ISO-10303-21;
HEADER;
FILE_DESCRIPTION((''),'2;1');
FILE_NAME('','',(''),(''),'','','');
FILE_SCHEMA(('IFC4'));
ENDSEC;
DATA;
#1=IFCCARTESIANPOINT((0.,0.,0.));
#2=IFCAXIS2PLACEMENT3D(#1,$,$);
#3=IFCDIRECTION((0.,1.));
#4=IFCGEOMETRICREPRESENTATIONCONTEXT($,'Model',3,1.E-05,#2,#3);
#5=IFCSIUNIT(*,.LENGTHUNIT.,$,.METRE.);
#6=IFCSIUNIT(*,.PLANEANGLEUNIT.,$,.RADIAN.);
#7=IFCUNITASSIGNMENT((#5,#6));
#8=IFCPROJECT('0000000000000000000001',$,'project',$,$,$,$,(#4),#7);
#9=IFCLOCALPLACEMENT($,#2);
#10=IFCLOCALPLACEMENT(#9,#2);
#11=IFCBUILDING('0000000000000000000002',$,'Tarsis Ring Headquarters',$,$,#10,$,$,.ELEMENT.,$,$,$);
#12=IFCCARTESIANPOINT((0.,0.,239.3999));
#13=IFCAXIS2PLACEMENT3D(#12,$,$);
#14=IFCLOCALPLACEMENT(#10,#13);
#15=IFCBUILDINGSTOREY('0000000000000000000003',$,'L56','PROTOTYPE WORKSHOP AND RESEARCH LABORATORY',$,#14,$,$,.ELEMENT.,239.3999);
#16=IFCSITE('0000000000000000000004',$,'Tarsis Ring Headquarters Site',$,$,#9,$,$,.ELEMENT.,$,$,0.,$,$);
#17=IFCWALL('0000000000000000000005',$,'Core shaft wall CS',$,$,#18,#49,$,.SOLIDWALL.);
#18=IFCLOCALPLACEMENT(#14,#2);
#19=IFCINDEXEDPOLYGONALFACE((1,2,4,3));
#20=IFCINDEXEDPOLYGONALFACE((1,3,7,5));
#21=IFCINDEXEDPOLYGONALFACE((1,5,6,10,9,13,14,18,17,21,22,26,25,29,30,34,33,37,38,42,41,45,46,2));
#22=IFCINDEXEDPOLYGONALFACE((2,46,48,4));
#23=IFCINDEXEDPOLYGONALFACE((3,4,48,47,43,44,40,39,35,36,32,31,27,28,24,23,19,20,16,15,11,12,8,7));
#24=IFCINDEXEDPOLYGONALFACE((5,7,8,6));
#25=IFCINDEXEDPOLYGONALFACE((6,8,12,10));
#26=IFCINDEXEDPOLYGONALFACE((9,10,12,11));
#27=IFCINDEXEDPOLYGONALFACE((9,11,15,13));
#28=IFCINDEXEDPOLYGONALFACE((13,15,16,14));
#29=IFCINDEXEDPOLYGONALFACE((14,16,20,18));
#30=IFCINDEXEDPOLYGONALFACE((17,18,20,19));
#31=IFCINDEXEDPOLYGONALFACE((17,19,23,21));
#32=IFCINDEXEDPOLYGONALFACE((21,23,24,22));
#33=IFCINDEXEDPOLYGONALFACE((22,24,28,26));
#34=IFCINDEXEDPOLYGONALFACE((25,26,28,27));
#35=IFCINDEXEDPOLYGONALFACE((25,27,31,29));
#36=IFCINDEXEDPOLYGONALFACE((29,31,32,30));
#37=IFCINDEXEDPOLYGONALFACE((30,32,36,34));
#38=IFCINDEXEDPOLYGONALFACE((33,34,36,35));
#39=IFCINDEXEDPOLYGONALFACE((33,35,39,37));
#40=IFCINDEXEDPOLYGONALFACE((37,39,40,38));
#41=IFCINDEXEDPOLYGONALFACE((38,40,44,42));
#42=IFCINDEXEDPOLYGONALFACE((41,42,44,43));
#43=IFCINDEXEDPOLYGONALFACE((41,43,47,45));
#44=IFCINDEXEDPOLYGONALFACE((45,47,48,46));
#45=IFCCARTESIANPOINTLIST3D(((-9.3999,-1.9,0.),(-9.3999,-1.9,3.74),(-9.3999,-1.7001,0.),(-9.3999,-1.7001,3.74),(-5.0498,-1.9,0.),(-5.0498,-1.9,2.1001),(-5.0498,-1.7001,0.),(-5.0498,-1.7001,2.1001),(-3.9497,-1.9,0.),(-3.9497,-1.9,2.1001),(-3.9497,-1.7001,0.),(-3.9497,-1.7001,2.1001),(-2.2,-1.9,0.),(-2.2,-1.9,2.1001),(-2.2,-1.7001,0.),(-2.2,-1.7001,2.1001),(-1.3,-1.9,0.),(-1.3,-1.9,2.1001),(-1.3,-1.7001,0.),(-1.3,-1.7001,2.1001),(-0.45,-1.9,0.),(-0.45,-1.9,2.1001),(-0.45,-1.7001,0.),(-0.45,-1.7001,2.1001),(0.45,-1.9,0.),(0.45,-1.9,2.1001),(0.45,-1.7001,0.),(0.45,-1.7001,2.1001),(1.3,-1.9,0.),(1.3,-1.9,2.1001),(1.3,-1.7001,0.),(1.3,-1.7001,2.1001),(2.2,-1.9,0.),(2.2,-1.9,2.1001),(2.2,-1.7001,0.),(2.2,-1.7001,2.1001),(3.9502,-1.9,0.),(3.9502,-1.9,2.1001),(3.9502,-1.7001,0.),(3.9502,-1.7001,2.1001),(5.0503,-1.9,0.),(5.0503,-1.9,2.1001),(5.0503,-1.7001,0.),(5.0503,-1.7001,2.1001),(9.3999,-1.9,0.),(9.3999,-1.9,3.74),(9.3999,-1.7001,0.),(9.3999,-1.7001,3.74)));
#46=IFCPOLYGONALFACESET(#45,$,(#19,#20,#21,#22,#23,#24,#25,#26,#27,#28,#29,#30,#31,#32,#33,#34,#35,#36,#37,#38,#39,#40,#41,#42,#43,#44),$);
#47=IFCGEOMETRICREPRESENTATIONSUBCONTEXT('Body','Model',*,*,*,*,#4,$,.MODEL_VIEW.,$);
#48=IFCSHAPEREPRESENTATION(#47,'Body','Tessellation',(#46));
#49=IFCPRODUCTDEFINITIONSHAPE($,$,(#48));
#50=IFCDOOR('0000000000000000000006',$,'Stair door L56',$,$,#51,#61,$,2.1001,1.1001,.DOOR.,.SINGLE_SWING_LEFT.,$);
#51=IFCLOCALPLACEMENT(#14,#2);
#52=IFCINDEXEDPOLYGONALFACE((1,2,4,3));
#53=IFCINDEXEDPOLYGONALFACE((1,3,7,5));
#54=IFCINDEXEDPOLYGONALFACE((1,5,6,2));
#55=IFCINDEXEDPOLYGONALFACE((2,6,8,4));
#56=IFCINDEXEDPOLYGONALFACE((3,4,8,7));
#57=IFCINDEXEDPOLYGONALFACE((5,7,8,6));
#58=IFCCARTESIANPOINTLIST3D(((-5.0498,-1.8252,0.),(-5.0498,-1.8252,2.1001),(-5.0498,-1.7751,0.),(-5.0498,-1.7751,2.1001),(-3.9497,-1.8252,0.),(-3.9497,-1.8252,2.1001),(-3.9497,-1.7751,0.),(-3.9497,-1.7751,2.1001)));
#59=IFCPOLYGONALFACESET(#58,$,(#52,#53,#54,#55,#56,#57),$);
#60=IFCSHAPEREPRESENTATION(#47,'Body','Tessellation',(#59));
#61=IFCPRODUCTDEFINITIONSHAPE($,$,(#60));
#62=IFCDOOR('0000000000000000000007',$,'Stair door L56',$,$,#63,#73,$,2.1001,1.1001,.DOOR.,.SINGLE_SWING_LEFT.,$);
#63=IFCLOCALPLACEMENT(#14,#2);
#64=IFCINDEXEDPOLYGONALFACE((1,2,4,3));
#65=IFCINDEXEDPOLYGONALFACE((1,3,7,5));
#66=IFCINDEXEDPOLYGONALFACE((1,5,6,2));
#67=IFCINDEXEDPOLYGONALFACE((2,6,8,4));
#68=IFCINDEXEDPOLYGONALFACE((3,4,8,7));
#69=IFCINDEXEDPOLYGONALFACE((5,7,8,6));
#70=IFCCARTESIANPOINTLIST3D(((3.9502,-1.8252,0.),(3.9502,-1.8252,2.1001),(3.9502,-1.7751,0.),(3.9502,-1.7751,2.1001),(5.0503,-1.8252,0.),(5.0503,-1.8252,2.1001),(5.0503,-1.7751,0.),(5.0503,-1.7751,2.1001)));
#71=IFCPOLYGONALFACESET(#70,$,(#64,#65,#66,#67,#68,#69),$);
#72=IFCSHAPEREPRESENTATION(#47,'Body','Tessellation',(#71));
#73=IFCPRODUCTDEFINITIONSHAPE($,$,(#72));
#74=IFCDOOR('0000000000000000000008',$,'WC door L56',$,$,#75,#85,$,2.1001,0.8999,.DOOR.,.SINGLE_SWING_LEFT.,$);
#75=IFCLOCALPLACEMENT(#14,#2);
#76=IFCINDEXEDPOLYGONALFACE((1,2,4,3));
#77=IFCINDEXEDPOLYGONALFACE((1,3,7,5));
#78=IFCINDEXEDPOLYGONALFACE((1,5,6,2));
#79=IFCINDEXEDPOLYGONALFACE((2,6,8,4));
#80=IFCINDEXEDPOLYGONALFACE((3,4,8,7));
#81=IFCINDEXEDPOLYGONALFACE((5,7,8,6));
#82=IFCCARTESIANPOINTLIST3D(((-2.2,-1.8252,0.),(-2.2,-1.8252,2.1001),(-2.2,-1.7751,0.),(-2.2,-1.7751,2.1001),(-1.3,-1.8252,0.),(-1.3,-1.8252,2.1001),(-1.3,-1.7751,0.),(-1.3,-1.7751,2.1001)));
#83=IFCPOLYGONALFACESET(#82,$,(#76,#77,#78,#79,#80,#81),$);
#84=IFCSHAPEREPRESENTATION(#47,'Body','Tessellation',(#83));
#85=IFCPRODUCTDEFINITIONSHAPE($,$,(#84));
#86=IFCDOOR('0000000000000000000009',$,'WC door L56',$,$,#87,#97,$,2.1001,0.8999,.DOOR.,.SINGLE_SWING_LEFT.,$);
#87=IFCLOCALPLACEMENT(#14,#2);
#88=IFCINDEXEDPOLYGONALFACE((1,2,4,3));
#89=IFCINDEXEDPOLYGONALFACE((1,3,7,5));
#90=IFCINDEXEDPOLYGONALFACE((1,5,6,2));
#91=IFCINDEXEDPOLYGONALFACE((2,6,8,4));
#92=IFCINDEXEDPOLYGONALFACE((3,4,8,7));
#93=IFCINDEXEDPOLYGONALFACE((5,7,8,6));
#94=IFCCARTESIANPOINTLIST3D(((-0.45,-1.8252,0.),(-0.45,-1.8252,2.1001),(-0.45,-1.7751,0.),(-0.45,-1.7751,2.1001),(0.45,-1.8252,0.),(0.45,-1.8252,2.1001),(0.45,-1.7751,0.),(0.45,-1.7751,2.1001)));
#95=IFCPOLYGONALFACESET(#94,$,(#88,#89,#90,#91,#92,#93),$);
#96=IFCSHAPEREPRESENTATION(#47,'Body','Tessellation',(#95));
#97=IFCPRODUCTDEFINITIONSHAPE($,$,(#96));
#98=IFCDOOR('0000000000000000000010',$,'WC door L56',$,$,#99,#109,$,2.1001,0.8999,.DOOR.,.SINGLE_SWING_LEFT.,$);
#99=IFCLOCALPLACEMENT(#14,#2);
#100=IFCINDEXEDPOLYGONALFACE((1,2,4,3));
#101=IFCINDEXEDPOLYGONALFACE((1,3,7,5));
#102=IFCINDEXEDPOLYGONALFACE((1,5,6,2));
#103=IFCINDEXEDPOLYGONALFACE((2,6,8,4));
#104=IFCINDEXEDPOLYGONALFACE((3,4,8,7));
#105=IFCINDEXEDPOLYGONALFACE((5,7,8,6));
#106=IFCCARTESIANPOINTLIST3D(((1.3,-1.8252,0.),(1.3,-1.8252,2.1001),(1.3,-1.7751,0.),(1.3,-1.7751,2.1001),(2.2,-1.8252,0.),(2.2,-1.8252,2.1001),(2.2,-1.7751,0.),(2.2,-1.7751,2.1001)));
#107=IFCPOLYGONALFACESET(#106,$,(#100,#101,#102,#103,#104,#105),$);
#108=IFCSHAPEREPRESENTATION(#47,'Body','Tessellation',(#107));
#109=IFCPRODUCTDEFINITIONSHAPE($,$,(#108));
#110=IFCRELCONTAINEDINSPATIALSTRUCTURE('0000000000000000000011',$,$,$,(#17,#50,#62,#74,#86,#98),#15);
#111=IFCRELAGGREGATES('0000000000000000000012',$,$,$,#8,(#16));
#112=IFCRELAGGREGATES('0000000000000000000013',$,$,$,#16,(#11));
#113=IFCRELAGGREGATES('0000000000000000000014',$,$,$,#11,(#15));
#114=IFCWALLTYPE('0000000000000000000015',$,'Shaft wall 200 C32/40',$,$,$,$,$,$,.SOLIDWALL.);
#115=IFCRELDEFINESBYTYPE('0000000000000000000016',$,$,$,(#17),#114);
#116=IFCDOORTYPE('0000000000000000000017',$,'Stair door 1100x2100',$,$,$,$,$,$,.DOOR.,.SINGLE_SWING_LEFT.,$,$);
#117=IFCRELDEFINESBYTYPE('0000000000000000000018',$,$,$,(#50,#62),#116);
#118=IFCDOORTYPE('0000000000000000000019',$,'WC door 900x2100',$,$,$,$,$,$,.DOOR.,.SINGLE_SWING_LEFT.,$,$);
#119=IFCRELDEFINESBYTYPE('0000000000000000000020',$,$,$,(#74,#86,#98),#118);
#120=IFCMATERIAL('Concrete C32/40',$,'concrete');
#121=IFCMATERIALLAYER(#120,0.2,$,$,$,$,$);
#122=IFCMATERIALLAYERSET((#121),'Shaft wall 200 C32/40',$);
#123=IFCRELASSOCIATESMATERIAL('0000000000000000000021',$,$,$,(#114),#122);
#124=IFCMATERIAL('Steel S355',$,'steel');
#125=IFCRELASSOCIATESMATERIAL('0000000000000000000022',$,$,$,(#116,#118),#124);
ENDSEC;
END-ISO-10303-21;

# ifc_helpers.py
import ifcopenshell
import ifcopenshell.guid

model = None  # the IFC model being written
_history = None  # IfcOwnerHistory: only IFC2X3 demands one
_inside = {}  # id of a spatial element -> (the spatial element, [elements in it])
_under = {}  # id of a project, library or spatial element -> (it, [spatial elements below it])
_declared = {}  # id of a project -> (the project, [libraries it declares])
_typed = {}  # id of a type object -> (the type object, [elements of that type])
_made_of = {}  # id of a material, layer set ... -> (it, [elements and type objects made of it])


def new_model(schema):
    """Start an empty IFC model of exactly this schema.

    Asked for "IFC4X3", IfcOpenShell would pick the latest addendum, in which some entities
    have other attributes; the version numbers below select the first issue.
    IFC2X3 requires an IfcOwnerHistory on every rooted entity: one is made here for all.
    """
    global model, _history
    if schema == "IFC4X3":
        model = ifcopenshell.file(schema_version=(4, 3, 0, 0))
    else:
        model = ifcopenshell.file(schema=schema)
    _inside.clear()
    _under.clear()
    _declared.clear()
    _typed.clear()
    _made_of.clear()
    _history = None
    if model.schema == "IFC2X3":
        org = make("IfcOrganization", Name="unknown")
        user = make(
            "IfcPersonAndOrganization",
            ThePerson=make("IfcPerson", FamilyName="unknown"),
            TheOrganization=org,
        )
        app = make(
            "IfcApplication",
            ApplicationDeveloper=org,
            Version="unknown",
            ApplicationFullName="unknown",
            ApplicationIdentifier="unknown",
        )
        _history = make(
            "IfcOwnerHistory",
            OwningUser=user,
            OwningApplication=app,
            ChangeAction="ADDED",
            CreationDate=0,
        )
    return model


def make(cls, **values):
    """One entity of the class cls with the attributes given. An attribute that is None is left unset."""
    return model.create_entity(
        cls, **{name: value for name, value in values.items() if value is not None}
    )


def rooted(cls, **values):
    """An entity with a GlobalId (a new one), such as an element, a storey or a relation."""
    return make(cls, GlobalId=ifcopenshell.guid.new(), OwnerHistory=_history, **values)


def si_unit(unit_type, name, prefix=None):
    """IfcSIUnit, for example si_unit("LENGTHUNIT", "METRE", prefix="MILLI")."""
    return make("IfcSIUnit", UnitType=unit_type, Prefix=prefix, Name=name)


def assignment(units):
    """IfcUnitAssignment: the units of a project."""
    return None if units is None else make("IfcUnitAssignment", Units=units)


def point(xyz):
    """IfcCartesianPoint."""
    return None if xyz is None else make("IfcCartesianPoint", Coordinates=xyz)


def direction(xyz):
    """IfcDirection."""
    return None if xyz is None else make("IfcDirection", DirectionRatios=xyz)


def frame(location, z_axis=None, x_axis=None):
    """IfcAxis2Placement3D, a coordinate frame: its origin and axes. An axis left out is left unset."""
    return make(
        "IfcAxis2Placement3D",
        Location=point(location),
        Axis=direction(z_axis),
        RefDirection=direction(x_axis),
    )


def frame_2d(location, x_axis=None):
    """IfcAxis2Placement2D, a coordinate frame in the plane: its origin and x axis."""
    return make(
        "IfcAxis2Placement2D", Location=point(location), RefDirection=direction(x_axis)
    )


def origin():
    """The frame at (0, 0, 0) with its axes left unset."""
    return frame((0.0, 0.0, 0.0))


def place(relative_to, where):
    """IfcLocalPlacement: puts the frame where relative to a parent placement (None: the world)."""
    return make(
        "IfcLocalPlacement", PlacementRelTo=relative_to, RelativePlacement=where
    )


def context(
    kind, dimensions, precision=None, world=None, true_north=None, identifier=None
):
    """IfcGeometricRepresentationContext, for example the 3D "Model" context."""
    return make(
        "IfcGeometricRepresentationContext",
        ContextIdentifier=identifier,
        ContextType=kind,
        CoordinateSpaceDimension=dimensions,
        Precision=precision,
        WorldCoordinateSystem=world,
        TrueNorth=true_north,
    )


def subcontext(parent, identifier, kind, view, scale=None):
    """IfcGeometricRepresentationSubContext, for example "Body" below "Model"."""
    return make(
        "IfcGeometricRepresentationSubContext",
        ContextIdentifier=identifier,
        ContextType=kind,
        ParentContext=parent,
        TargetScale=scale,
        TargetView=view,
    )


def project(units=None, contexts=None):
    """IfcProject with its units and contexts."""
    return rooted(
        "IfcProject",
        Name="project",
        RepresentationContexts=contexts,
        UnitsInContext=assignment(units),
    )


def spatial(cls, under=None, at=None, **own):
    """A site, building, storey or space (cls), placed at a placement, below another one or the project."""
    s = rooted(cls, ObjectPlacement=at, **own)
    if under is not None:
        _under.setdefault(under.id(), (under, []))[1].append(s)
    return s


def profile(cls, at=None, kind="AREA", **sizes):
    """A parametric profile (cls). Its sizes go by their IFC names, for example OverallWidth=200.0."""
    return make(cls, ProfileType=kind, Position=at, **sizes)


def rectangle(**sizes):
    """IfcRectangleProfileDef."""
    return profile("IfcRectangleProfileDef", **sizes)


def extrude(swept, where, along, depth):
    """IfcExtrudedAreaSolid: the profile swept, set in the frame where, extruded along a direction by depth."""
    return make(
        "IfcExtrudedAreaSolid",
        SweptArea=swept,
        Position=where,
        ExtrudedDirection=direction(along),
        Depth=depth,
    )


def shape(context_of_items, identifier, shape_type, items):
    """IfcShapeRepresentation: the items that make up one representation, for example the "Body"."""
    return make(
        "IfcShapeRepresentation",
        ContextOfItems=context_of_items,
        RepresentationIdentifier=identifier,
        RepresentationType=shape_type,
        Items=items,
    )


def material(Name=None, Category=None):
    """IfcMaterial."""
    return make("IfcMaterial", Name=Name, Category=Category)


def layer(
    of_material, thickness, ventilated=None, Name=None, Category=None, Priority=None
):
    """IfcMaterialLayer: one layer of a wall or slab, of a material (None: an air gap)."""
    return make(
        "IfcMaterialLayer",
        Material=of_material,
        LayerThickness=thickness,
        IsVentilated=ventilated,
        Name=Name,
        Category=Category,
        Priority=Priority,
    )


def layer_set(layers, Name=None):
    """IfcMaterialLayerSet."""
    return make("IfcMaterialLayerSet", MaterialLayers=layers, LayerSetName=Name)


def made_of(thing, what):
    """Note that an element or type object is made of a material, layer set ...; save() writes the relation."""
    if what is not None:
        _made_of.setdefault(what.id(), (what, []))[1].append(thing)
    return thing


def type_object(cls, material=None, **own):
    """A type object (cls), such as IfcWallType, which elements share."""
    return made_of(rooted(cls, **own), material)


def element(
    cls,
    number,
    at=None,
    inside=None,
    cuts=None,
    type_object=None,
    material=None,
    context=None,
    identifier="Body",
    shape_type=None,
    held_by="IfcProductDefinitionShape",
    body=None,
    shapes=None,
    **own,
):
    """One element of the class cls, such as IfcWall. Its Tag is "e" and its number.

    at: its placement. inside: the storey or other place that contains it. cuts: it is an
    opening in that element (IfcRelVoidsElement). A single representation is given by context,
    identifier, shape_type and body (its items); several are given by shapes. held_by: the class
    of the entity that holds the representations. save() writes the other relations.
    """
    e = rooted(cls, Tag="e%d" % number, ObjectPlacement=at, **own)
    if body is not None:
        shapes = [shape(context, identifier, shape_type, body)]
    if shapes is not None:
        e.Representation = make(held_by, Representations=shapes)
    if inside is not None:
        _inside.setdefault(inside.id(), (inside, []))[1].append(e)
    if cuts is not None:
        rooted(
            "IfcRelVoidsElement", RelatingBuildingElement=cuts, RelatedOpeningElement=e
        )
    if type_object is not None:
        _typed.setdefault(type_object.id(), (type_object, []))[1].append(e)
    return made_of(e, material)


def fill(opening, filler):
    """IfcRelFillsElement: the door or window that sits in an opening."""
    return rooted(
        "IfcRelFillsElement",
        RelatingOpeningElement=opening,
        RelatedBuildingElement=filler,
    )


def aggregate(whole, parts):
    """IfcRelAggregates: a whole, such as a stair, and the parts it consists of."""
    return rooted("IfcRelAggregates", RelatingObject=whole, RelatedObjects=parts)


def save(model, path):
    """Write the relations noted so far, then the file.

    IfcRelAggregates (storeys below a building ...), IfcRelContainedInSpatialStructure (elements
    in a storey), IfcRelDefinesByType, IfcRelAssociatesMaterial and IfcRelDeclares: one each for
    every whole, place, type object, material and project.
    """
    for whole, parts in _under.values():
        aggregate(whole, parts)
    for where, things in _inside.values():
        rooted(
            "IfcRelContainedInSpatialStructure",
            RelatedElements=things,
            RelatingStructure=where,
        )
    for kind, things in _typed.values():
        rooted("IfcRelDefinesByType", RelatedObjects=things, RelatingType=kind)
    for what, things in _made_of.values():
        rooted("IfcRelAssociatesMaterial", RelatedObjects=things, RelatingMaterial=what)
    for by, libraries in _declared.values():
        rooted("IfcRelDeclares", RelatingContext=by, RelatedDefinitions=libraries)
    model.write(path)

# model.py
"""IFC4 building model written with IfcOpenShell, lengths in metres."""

from ifc_helpers import new_model, si_unit, direction, frame, frame_2d, origin, place, context, subcontext, project, spatial, rectangle, extrude, material, layer, layer_set, type_object, element, fill, save


model = new_model("IFC4")

# Units and contexts
model_context = context("Model", 3, precision=1e-05, world=origin(), true_north=direction((0.0, 1.0)))
body_context = subcontext(model_context, "Body", "Model", "MODEL_VIEW")
ifc_project = project(units=[si_unit("LENGTHUNIT", "METRE"), si_unit("PLANEANGLEUNIT", "RADIAN")], contexts=[model_context])

# Site, building, storey
site_placement = place(None, origin())
site = spatial("IfcSite", under=ifc_project, at=site_placement, Name="Tarsis Ring Headquarters Site", CompositionType="ELEMENT", RefElevation=0.0)
building_placement = place(site_placement, origin())
building = spatial("IfcBuilding", under=site, at=building_placement, Name="Tarsis Ring Headquarters", CompositionType="ELEMENT")
storey_placement = place(building_placement, frame((0.0, 0.0, 239.3999)))
storey = spatial("IfcBuildingStorey", under=building, at=storey_placement, Name="L56", Description="PROTOTYPE WORKSHOP AND RESEARCH LABORATORY", CompositionType="ELEMENT", Elevation=239.3999)

# Shared definitions
ifc_material_1 = material(Name="Steel S355", Category="steel")

# Wall, openings, doors
ifc_material_2 = material(Name="Concrete C32/40", Category="concrete")
ifc_layer_1 = layer(ifc_material_2, 0.2)
ifc_layer_set_1 = layer_set([ifc_layer_1], Name="Shaft wall 200 C32/40")
wall_type_1 = type_object("IfcWallType", Name="Shaft wall 200 C32/40", PredefinedType="SOLIDWALL", material=ifc_layer_set_1)
door_type_1 = type_object("IfcDoorType", Name="Stair door 1100x2100", OperationType="SINGLE_SWING_LEFT", PredefinedType="DOOR", material=ifc_material_1)
wall_1_placement = place(storey_placement, frame((-9.3999, -1.8, 0.0), z_axis=(0.0, 0.0, 1.0), x_axis=(1.0, 0.0, 0.0)))
wall_1 = element("IfcWall", 1, at=wall_1_placement, inside=storey, type_object=wall_type_1, Name="Core shaft wall CS", PredefinedType="SOLIDWALL", context=body_context, shape_type="SweptSolid", body=[
    extrude(rectangle(XDim=18.7998, YDim=0.2, at=frame_2d((9.3999, 0.0))), origin(), (0.0, 0.0, 1.0), 3.74),
])
opening_1_placement = place(wall_1_placement, frame((4.3501, 0.0, 0.0)))
opening_1 = element("IfcOpeningElement", 2, at=opening_1_placement, cuts=wall_1, PredefinedType="OPENING", context=body_context, shape_type="SweptSolid", body=[
    extrude(rectangle(XDim=1.1001, YDim=2.1001, at=frame_2d((0.55, 1.05))), frame((0.0, 0.1099, 0.0), z_axis=(0.0, -1.0, 0.0), x_axis=(1.0, 0.0, 0.0)), (0.0, 0.0, 1.0), 0.22),
])
opening_2_placement = place(wall_1_placement, frame((7.2, 0.0, 0.0)))
opening_2 = element("IfcOpeningElement", 3, at=opening_2_placement, cuts=wall_1, PredefinedType="OPENING", context=body_context, shape_type="SweptSolid", body=[
    extrude(rectangle(XDim=0.8999, YDim=2.1001, at=frame_2d((0.45, 1.05))), frame((0.0, 0.1099, 0.0), z_axis=(0.0, -1.0, 0.0), x_axis=(1.0, 0.0, 0.0)), (0.0, 0.0, 1.0), 0.22),
])
opening_3_placement = place(wall_1_placement, frame((8.95, 0.0, 0.0)))
opening_3 = element("IfcOpeningElement", 4, at=opening_3_placement, cuts=wall_1, PredefinedType="OPENING", context=body_context, shape_type="SweptSolid", body=[
    extrude(rectangle(XDim=0.8999, YDim=2.1001, at=frame_2d((0.45, 1.05))), frame((0.0, 0.1099, 0.0), z_axis=(0.0, -1.0, 0.0), x_axis=(1.0, 0.0, 0.0)), (0.0, 0.0, 1.0), 0.22),
])
opening_4_placement = place(wall_1_placement, frame((10.7, 0.0, 0.0)))
opening_4 = element("IfcOpeningElement", 5, at=opening_4_placement, cuts=wall_1, PredefinedType="OPENING", context=body_context, shape_type="SweptSolid", body=[
    extrude(rectangle(XDim=0.8999, YDim=2.1001, at=frame_2d((0.45, 1.05))), frame((0.0, 0.1099, 0.0), z_axis=(0.0, -1.0, 0.0), x_axis=(1.0, 0.0, 0.0)), (0.0, 0.0, 1.0), 0.22),
])
opening_5_placement = place(wall_1_placement, frame((13.3501, 0.0, 0.0)))
opening_5 = element("IfcOpeningElement", 6, at=opening_5_placement, cuts=wall_1, PredefinedType="OPENING", context=body_context, shape_type="SweptSolid", body=[
    extrude(rectangle(XDim=1.1001, YDim=2.1001, at=frame_2d((0.55, 1.05))), frame((0.0, 0.1099, 0.0), z_axis=(0.0, -1.0, 0.0), x_axis=(1.0, 0.0, 0.0)), (0.0, 0.0, 1.0), 0.22),
])
door_1_placement = place(opening_1_placement, origin())
door_1 = element("IfcDoor", 7, at=door_1_placement, inside=storey, type_object=door_type_1, Name="Stair door L56", OperationType="SINGLE_SWING_LEFT", OverallHeight=2.1001, OverallWidth=1.1001, PredefinedType="DOOR", context=body_context, shape_type="SweptSolid", body=[
    extrude(rectangle(XDim=1.1001, YDim=2.1001, at=frame_2d((0.55, 1.05))), frame((0.0, 0.0249, 0.0), z_axis=(0.0, -1.0, 0.0), x_axis=(1.0, 0.0, 0.0)), (0.0, 0.0, 1.0), 0.05),
])
fill(opening_1, door_1)
door_2_placement = place(opening_5_placement, origin())
door_2 = element("IfcDoor", 8, at=door_2_placement, inside=storey, type_object=door_type_1, Name="Stair door L56", OperationType="SINGLE_SWING_LEFT", OverallHeight=2.1001, OverallWidth=1.1001, PredefinedType="DOOR", context=body_context, shape_type="SweptSolid", body=[
    extrude(rectangle(XDim=1.1001, YDim=2.1001, at=frame_2d((0.55, 1.05))), frame((0.0, 0.0249, 0.0), z_axis=(0.0, -1.0, 0.0), x_axis=(1.0, 0.0, 0.0)), (0.0, 0.0, 1.0), 0.05),
])
fill(opening_5, door_2)
door_type_2 = type_object("IfcDoorType", Name="WC door 900x2100", OperationType="SINGLE_SWING_LEFT", PredefinedType="DOOR", material=ifc_material_1)
door_3_placement = place(opening_2_placement, origin())
door_3 = element("IfcDoor", 9, at=door_3_placement, inside=storey, type_object=door_type_2, Name="WC door L56", OperationType="SINGLE_SWING_LEFT", OverallHeight=2.1001, OverallWidth=0.8999, PredefinedType="DOOR", context=body_context, shape_type="SweptSolid", body=[
    extrude(rectangle(XDim=0.8999, YDim=2.1001, at=frame_2d((0.45, 1.05))), frame((0.0, 0.0249, 0.0), z_axis=(0.0, -1.0, 0.0), x_axis=(1.0, 0.0, 0.0)), (0.0, 0.0, 1.0), 0.05),
])
fill(opening_2, door_3)
door_4_placement = place(opening_3_placement, origin())
door_4 = element("IfcDoor", 10, at=door_4_placement, inside=storey, type_object=door_type_2, Name="WC door L56", OperationType="SINGLE_SWING_LEFT", OverallHeight=2.1001, OverallWidth=0.8999, PredefinedType="DOOR", context=body_context, shape_type="SweptSolid", body=[
    extrude(rectangle(XDim=0.8999, YDim=2.1001, at=frame_2d((0.45, 1.05))), frame((0.0, 0.0249, 0.0), z_axis=(0.0, -1.0, 0.0), x_axis=(1.0, 0.0, 0.0)), (0.0, 0.0, 1.0), 0.05),
])
fill(opening_3, door_4)
door_5_placement = place(opening_4_placement, origin())
door_5 = element("IfcDoor", 11, at=door_5_placement, inside=storey, type_object=door_type_2, Name="WC door L56", OperationType="SINGLE_SWING_LEFT", OverallHeight=2.1001, OverallWidth=0.8999, PredefinedType="DOOR", context=body_context, shape_type="SweptSolid", body=[
    extrude(rectangle(XDim=0.8999, YDim=2.1001, at=frame_2d((0.45, 1.05))), frame((0.0, 0.0249, 0.0), z_axis=(0.0, -1.0, 0.0), x_axis=(1.0, 0.0, 0.0)), (0.0, 0.0, 1.0), 0.05),
])
fill(opening_4, door_5)

save(model, "model.ifc")
